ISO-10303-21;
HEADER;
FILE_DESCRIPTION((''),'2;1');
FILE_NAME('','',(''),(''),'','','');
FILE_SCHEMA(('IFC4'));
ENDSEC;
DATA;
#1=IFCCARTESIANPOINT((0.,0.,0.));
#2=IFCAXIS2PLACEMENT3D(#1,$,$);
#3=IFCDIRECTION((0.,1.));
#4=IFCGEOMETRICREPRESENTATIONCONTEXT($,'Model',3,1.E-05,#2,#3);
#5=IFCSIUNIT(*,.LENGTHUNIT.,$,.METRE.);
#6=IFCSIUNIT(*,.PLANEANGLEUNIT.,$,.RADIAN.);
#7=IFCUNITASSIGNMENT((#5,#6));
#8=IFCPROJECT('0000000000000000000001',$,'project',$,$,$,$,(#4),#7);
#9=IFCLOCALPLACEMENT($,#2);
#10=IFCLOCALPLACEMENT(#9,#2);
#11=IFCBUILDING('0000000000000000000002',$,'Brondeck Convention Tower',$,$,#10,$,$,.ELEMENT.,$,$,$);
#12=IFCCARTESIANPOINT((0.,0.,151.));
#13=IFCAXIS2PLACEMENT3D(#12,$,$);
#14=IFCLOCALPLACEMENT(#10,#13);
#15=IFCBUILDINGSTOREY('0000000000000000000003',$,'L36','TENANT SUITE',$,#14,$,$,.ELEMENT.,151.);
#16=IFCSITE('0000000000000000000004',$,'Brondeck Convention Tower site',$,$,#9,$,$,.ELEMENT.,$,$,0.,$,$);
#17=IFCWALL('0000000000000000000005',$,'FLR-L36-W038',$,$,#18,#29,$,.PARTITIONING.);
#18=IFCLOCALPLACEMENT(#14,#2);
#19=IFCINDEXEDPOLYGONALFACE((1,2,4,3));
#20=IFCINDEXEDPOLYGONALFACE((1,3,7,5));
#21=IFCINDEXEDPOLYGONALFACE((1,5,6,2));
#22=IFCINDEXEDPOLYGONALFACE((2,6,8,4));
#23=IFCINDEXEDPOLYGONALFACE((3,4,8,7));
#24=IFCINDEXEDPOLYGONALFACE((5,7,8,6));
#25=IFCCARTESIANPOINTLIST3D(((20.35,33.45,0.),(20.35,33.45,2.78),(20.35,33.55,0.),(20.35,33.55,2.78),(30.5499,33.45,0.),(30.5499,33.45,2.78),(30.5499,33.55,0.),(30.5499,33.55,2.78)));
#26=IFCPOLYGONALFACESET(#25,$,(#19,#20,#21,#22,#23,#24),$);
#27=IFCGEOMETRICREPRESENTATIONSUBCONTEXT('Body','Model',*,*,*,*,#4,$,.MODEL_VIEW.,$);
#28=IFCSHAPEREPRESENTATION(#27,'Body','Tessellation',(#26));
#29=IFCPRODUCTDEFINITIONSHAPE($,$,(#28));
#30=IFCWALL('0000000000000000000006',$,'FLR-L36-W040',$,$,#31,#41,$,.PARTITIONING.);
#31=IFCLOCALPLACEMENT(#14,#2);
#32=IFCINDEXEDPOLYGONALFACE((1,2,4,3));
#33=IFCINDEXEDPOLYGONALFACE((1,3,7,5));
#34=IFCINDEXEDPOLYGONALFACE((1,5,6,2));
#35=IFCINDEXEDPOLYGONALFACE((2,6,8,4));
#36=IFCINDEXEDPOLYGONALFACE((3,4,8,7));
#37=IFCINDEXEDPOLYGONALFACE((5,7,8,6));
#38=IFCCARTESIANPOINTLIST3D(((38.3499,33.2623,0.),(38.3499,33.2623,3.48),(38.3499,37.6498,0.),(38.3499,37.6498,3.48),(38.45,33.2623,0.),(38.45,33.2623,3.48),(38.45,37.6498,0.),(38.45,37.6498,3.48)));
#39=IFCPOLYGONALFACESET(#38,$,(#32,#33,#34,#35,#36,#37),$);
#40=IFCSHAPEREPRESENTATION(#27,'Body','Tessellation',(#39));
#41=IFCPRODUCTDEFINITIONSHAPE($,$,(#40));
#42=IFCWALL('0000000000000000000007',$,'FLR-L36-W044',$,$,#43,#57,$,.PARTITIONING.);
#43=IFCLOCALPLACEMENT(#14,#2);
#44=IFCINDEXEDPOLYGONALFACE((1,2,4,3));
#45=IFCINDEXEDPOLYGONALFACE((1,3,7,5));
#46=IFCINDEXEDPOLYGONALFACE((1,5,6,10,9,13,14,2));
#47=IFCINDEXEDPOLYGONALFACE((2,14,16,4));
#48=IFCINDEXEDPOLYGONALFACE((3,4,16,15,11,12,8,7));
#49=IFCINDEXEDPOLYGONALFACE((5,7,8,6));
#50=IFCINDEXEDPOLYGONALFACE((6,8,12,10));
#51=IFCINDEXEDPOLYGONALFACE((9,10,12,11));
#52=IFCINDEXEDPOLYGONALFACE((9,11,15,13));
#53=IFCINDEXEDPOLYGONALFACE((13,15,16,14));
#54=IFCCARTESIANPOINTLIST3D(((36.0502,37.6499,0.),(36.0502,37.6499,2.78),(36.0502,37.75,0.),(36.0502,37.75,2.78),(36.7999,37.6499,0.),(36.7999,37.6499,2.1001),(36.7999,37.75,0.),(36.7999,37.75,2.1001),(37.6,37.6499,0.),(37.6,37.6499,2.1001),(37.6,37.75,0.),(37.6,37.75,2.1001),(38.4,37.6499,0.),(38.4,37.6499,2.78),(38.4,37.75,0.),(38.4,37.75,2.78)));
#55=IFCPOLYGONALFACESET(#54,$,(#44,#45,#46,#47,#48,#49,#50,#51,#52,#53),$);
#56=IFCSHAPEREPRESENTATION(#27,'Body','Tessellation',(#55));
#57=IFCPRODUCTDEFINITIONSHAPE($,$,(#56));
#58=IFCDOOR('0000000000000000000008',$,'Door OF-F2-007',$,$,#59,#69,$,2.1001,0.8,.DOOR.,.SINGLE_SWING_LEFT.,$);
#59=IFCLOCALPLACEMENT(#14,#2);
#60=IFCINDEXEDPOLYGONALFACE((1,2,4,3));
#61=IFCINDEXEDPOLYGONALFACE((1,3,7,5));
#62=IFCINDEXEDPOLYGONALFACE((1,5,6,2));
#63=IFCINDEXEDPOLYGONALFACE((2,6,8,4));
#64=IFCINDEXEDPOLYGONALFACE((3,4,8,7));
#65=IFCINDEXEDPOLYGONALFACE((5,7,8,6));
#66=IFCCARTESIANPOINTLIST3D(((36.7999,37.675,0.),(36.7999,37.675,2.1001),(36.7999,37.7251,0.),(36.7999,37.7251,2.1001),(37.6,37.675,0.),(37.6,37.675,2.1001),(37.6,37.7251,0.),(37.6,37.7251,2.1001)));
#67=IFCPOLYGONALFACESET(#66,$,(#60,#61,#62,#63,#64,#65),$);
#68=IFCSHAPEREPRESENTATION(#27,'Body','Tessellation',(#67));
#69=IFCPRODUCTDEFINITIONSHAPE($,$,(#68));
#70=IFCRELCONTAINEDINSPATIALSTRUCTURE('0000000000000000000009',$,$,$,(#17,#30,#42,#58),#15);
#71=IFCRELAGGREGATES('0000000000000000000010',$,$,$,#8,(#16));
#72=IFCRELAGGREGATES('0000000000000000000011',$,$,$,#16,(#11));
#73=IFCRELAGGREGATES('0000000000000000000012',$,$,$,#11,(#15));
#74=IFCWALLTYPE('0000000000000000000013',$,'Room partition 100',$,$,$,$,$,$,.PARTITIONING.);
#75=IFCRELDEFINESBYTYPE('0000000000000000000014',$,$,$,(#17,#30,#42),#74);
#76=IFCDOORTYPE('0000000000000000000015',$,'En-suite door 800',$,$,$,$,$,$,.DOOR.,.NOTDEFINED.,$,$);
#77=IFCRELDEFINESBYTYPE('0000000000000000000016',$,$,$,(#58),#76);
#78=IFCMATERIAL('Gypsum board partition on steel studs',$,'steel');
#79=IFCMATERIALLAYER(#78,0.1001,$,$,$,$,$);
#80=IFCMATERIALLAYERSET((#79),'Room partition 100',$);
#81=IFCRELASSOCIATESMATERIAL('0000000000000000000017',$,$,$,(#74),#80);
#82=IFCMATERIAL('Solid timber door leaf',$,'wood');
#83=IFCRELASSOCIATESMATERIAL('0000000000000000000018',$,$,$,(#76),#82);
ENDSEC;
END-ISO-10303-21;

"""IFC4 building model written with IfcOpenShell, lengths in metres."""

from ifc_helpers import new_model, si_unit, direction, frame, frame_2d, origin, place, context, subcontext, project, spatial, rectangle, extrude, material, layer, layer_set, type_object, element, fill, save


model = new_model("IFC4")

# Units and contexts
model_context = context("Model", 3, precision=1e-05, world=origin(), true_north=direction((0.0, 1.0)))
body_context = subcontext(model_context, "Body", "Model", "MODEL_VIEW")
ifc_project = project(units=[si_unit("LENGTHUNIT", "METRE"), si_unit("PLANEANGLEUNIT", "RADIAN")], contexts=[model_context])

# Site, building, storey
site_placement = place(None, origin())
site = spatial("IfcSite", under=ifc_project, at=site_placement, Name="Brondeck Convention Tower site", CompositionType="ELEMENT", RefElevation=0.0)
building_placement = place(site_placement, origin())
building = spatial("IfcBuilding", under=site, at=building_placement, Name="Brondeck Convention Tower", CompositionType="ELEMENT")
storey_placement = place(building_placement, frame((0.0, 0.0, 151.0)))
storey = spatial("IfcBuildingStorey", under=building, at=storey_placement, Name="L36", Description="TENANT SUITE", CompositionType="ELEMENT", Elevation=151.0)

# Walls
ifc_material_1 = material(Name="Gypsum board partition on steel studs", Category="steel")
ifc_layer_1 = layer(ifc_material_1, 0.1001)
ifc_layer_set_1 = layer_set([ifc_layer_1], Name="Room partition 100")
wall_type_1 = type_object("IfcWallType", Name="Room partition 100", PredefinedType="PARTITIONING", material=ifc_layer_set_1)
wall_1_placement = place(storey_placement, frame((30.55, 33.5, 0.0), z_axis=(0.0, 0.0, 1.0), x_axis=(-1.0, 0.0, 0.0)))
element("IfcWall", 1, at=wall_1_placement, inside=storey, type_object=wall_type_1, Name="FLR-L36-W038", PredefinedType="PARTITIONING", context=body_context, shape_type="SweptSolid", body=[
    extrude(rectangle(XDim=10.2, YDim=0.1001, at=frame_2d((5.1001, 0.0))), origin(), (0.0, 0.0, 1.0), 2.78),
])
wall_2_placement = place(storey_placement, frame((38.3999, 37.6499, 0.0), z_axis=(0.0, 0.0, 1.0), x_axis=(0.0, -1.0, 0.0)))
element("IfcWall", 2, at=wall_2_placement, inside=storey, type_object=wall_type_1, Name="FLR-L36-W040", PredefinedType="PARTITIONING", context=body_context, shape_type="SweptSolid", body=[
    extrude(rectangle(XDim=4.3875, YDim=0.1001, at=frame_2d((2.1938, 0.0))), origin(), (0.0, 0.0, 1.0), 3.48),
])

# Wall, opening, door
wall_3_placement = place(storey_placement, frame((38.3999, 37.7, 0.0), z_axis=(0.0, 0.0, 1.0), x_axis=(-1.0, 0.0, 0.0)))
wall_3 = element("IfcWall", 3, at=wall_3_placement, inside=storey, type_object=wall_type_1, Name="FLR-L36-W044", PredefinedType="PARTITIONING", context=body_context, shape_type="SweptSolid", body=[
    extrude(rectangle(XDim=2.3499, YDim=0.1001, at=frame_2d((1.1748, 0.0))), origin(), (0.0, 0.0, 1.0), 2.78),
])
opening_1_placement = place(wall_3_placement, frame((0.8, 0.0, 0.0)))
opening_1 = element("IfcOpeningElement", 4, at=opening_1_placement, cuts=wall_3, PredefinedType="OPENING", context=body_context, shape_type="SweptSolid", body=[
    extrude(rectangle(XDim=0.8, YDim=2.1001, at=frame_2d((0.3999, 1.05))), frame((0.0, 0.0601, 0.0), z_axis=(0.0, -1.0, 0.0), x_axis=(1.0, 0.0, 0.0)), (0.0, 0.0, 1.0), 0.1201),
])
ifc_material_2 = material(Name="Solid timber door leaf", Category="wood")
door_type = type_object("IfcDoorType", Name="En-suite door 800", OperationType="NOTDEFINED", PredefinedType="DOOR", material=ifc_material_2)
door_placement = place(opening_1_placement, origin())
door = element("IfcDoor", 5, at=door_placement, inside=storey, type_object=door_type, Name="Door OF-F2-007", OperationType="SINGLE_SWING_LEFT", OverallHeight=2.1001, OverallWidth=0.8, PredefinedType="DOOR", context=body_context, shape_type="SweptSolid", body=[
    extrude(rectangle(XDim=0.8, YDim=2.1001, at=frame_2d((0.3999, 1.05))), frame((0.0, 0.0249, 0.0), z_axis=(0.0, -1.0, 0.0), x_axis=(1.0, 0.0, 0.0)), (0.0, 0.0, 1.0), 0.05),
])
fill(opening_1, door)

save(model, "model.ifc")
